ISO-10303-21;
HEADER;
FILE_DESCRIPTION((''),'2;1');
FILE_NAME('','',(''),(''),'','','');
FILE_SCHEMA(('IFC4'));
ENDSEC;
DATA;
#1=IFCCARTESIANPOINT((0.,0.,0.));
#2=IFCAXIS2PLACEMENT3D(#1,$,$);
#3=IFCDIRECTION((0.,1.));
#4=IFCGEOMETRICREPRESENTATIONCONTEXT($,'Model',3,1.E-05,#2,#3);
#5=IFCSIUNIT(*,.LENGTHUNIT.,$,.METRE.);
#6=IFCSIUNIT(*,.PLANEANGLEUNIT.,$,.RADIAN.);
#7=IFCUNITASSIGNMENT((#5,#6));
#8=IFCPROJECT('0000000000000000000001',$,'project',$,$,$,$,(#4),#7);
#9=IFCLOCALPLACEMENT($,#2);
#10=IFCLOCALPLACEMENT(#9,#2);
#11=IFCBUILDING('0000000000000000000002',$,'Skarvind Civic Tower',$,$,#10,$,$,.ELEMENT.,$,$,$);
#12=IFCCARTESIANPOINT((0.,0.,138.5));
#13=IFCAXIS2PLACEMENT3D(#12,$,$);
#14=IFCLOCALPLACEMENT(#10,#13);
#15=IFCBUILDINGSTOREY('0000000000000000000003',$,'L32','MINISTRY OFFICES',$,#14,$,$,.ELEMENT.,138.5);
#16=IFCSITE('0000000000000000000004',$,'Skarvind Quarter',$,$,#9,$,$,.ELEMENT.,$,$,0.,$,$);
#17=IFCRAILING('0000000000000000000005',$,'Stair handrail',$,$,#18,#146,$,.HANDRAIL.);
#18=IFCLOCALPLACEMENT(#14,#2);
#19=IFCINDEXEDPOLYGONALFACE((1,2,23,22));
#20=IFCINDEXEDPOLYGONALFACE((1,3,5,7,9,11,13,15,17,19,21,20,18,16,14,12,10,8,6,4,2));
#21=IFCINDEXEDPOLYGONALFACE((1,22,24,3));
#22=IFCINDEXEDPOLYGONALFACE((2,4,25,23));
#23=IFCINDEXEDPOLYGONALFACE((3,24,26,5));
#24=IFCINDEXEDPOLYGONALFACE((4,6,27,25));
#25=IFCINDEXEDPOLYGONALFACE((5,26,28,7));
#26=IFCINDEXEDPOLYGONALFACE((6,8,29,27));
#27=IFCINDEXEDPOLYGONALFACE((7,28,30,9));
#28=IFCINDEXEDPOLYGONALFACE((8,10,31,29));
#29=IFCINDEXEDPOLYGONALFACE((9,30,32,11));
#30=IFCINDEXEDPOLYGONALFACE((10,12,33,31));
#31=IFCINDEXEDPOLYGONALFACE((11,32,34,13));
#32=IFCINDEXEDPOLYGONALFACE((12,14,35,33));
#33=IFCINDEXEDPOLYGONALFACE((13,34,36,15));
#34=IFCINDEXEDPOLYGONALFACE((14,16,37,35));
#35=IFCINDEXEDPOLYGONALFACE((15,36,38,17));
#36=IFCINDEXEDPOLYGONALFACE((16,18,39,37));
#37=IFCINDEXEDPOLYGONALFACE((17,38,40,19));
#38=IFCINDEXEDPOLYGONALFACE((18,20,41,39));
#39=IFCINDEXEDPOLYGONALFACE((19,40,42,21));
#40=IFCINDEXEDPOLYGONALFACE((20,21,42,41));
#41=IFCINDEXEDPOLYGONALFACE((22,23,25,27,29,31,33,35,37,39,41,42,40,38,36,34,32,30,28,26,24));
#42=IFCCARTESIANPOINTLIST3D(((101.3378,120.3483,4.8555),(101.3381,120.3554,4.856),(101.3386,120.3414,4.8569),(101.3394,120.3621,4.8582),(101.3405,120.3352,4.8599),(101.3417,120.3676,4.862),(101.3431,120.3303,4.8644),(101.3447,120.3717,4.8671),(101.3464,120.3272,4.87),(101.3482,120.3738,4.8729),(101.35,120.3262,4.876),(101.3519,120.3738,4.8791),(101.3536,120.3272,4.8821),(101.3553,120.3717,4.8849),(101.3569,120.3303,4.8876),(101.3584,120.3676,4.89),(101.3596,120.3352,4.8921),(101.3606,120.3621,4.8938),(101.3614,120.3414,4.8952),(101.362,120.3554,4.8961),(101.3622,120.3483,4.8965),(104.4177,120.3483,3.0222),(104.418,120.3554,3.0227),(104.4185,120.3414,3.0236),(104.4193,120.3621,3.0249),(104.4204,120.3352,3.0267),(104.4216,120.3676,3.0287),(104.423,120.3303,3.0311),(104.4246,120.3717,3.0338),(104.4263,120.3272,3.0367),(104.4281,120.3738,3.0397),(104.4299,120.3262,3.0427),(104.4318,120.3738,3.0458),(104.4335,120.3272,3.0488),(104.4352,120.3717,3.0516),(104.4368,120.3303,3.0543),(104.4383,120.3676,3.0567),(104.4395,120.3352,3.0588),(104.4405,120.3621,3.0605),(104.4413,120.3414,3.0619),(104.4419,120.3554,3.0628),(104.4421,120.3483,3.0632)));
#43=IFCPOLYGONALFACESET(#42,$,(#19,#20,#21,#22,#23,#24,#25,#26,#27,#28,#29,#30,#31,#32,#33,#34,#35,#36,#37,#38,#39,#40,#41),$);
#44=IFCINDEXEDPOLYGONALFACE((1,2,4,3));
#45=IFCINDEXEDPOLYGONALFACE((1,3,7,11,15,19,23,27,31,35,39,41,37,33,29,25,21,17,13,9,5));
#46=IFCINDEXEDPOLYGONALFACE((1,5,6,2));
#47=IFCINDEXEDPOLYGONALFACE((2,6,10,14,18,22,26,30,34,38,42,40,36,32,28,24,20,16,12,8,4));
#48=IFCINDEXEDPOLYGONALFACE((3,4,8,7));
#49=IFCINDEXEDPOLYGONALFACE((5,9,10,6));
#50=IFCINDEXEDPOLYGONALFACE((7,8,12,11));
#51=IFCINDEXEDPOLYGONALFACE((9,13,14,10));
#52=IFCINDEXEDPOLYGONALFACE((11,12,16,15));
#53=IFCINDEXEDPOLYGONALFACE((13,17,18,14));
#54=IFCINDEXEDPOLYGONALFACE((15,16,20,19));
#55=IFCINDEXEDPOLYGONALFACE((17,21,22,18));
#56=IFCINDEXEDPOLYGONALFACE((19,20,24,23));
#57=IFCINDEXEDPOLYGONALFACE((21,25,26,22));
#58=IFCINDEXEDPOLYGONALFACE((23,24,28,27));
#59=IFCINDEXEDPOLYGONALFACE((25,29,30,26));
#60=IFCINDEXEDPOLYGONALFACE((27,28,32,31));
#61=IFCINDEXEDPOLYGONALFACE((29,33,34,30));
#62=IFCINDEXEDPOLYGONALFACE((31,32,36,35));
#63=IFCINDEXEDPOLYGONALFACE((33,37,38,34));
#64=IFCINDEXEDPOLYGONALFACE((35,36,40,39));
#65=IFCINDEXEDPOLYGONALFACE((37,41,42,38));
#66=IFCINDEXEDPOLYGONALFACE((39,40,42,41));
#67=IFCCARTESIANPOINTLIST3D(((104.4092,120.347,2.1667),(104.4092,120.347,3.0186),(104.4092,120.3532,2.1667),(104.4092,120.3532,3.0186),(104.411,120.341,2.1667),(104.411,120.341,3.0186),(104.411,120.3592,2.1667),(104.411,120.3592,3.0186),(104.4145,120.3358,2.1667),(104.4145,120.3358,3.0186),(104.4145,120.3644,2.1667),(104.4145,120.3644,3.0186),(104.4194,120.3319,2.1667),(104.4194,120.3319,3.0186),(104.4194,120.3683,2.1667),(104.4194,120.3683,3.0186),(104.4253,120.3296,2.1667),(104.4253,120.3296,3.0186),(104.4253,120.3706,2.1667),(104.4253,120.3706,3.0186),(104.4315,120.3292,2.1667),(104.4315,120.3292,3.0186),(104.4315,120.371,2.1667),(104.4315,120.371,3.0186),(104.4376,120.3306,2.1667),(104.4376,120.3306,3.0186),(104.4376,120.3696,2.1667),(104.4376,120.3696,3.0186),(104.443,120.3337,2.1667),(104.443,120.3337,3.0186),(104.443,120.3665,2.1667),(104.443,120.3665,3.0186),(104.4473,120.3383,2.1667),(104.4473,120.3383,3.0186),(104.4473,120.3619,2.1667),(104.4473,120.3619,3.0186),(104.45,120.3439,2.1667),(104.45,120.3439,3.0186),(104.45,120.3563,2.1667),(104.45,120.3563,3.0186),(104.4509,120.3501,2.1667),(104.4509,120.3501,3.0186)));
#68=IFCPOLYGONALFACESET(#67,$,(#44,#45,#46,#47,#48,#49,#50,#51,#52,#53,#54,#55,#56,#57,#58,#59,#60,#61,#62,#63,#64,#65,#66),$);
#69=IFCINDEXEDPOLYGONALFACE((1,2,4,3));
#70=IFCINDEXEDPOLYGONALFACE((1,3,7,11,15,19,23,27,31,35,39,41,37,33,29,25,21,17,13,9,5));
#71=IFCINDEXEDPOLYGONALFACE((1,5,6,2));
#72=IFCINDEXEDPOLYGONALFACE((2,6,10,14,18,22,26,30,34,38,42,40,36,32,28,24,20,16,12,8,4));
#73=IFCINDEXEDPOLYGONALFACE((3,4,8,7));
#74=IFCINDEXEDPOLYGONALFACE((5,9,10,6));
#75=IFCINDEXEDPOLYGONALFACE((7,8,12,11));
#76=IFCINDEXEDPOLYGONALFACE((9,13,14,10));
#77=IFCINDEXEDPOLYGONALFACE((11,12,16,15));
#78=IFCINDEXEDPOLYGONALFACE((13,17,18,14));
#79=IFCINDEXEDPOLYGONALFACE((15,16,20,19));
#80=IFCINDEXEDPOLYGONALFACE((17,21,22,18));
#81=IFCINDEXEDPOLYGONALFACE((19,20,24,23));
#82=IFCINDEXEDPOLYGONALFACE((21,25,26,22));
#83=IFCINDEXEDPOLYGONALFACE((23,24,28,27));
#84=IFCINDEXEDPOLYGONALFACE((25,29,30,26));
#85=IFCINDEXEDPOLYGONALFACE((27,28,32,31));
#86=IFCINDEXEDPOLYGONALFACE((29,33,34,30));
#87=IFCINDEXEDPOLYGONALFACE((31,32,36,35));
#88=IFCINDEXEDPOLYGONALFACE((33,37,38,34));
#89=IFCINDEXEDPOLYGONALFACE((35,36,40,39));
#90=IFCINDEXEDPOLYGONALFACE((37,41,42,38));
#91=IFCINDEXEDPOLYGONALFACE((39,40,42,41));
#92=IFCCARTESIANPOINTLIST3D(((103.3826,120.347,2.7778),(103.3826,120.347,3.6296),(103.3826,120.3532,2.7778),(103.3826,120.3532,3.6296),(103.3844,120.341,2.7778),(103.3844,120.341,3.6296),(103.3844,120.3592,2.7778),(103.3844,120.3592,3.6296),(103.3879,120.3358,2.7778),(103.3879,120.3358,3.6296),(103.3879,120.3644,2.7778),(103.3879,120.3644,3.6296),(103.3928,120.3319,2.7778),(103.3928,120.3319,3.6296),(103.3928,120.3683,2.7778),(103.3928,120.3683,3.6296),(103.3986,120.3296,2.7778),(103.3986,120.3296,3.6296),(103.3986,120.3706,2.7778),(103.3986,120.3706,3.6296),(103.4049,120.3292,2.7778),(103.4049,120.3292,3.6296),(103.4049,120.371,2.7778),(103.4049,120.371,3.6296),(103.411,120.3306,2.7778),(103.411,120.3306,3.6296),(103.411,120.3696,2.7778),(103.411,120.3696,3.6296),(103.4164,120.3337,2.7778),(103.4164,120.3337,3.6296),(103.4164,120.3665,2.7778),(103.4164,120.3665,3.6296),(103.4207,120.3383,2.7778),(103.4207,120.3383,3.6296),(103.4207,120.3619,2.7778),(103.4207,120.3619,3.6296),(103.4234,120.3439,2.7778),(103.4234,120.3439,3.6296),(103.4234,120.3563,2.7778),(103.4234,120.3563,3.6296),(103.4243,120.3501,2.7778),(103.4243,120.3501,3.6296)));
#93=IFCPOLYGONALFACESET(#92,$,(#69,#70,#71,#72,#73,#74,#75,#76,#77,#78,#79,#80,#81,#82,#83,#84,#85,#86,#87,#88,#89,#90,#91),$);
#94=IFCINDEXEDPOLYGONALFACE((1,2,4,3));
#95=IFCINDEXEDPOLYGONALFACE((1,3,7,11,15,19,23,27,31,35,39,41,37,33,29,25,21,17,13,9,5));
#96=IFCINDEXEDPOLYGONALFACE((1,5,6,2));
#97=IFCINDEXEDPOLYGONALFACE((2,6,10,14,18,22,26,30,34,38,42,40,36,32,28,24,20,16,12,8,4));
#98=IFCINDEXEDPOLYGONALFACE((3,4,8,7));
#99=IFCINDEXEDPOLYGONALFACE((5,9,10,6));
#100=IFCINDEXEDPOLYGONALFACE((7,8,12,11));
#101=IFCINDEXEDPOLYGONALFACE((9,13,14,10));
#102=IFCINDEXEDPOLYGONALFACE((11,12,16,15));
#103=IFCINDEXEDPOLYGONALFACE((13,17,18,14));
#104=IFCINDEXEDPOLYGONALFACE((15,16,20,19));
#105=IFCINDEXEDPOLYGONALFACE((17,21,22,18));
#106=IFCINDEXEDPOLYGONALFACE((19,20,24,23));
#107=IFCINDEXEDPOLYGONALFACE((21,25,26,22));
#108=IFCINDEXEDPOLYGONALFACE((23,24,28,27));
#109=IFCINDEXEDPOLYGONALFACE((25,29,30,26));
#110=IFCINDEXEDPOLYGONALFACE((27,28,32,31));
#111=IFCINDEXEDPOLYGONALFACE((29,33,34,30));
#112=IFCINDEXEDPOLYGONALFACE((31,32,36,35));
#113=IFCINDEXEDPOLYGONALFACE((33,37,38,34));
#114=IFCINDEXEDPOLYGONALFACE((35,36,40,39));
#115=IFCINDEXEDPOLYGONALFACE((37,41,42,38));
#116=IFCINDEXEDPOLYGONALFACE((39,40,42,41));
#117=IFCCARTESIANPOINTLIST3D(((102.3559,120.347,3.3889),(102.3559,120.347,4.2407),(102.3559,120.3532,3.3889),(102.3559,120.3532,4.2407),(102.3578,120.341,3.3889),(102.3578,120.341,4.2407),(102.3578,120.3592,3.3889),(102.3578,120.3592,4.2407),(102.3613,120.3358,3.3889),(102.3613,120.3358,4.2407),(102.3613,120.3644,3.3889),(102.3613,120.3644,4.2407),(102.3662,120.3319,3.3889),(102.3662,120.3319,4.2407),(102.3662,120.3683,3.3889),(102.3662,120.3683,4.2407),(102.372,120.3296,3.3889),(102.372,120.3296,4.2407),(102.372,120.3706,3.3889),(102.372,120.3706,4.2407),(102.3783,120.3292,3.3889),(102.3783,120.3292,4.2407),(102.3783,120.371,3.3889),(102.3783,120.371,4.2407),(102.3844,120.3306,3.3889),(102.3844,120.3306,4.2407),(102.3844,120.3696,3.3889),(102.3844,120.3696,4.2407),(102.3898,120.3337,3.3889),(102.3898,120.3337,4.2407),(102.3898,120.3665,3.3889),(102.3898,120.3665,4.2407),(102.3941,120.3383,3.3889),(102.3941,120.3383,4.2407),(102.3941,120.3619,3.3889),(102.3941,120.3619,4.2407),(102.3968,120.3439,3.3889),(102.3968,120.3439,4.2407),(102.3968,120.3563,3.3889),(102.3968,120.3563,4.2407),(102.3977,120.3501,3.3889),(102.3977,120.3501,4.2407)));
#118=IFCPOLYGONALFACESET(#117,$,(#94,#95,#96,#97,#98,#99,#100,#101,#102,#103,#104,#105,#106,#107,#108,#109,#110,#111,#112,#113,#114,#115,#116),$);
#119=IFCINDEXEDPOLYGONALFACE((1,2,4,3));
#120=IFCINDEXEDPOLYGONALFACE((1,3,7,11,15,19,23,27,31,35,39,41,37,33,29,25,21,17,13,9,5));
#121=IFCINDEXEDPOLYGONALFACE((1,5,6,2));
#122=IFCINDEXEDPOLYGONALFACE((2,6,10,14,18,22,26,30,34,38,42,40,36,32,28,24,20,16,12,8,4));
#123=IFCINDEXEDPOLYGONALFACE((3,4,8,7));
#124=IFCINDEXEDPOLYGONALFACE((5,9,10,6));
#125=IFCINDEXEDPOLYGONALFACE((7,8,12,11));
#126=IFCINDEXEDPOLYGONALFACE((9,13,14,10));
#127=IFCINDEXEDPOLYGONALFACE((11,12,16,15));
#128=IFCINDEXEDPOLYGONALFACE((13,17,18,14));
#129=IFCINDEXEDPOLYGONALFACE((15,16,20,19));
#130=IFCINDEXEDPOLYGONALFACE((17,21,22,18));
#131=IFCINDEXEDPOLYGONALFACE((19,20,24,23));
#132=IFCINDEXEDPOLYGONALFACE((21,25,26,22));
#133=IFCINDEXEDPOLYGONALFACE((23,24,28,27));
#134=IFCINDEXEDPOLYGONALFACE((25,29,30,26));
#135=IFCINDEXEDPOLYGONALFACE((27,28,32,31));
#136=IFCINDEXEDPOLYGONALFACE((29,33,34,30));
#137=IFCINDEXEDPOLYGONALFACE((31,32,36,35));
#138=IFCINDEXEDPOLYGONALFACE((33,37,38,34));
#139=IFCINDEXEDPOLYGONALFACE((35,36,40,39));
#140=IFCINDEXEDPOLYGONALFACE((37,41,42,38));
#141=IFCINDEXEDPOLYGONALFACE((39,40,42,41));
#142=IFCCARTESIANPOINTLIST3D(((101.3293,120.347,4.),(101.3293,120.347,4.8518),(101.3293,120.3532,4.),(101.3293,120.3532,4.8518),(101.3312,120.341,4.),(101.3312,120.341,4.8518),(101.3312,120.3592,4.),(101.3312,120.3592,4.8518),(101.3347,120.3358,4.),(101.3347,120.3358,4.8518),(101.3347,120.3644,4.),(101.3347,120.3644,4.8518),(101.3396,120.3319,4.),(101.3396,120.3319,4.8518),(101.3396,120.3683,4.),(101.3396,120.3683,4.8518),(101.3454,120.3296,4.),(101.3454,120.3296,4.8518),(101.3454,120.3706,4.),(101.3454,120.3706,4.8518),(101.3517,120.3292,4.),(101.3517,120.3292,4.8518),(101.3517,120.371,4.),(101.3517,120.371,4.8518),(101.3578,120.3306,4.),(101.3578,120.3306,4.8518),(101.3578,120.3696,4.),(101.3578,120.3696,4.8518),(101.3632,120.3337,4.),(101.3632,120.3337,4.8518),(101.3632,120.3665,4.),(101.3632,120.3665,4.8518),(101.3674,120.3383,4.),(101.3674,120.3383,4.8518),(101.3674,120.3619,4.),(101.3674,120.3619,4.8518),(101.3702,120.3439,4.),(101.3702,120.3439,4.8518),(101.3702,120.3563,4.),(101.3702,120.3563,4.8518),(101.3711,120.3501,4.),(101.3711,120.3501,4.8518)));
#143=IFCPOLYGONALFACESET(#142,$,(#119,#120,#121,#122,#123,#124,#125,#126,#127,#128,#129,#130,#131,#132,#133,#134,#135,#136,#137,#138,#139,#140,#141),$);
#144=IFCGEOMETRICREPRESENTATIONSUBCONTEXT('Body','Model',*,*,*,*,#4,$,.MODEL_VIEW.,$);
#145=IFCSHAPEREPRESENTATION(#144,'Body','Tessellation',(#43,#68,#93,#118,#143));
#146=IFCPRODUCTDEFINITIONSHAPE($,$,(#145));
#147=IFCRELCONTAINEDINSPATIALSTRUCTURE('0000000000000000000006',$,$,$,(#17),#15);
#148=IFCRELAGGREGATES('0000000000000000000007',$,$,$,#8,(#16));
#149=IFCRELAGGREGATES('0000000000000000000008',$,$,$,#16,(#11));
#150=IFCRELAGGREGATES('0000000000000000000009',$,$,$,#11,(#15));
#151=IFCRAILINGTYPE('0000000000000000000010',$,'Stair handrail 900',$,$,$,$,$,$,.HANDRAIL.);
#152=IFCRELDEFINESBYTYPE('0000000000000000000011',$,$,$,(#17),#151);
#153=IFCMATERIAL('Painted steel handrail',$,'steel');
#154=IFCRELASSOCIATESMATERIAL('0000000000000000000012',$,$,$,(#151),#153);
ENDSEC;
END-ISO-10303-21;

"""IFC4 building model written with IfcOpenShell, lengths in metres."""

from ifc_helpers import new_model, si_unit, direction, frame, origin, origin_2d, place, context, subcontext, project, spatial, circle, extrude, material, type_object, element, save


model = new_model("IFC4")

# Units and contexts
model_context = context("Model", 3, precision=1e-05, world=origin(), true_north=direction((0.0, 1.0)))
body_context = subcontext(model_context, "Body", "Model", "MODEL_VIEW")
ifc_project = project(units=[si_unit("LENGTHUNIT", "METRE"), si_unit("PLANEANGLEUNIT", "RADIAN")], contexts=[model_context])

# Site, building, storey
site_placement = place(None, origin())
site = spatial("IfcSite", under=ifc_project, at=site_placement, Name="Skarvind Quarter", CompositionType="ELEMENT", RefElevation=0.0)
building_placement = place(site_placement, origin())
building = spatial("IfcBuilding", under=site, at=building_placement, Name="Skarvind Civic Tower", CompositionType="ELEMENT")
storey_placement = place(building_placement, frame((0.0, 0.0, 138.5)))
storey = spatial("IfcBuildingStorey", under=building, at=storey_placement, Name="L32", Description="MINISTRY OFFICES", CompositionType="ELEMENT", Elevation=138.5)

# Railing
ifc_material_1 = material(Name="Painted steel handrail", Category="steel")
railing_type = type_object("IfcRailingType", Name="Stair handrail 900", PredefinedType="HANDRAIL", material=ifc_material_1)
railing_1_placement = place(storey_placement, frame((104.4299, 120.3501, 2.1667)))
element("IfcRailing", 1, at=railing_1_placement, inside=storey, type_object=railing_type, Name="Stair handrail", PredefinedType="HANDRAIL", context=body_context, shape_type="SweptSolid", body=[
    extrude(circle(Radius=0.0239, at=origin_2d()), frame((0.0, 0.0, 0.876), z_axis=(-0.859291, 0.0, 0.511487), x_axis=(0.0, -1.0, 0.0)), (0.0, 0.0, 1.0), 3.5842),
    extrude(circle(Radius=0.021, at=origin_2d()), origin(), (0.0, 0.0, 1.0), 0.8518),
    extrude(circle(Radius=0.021, at=origin_2d()), frame((-1.0266, 0.0, 0.6111)), (0.0, 0.0, 1.0), 0.8518),
    extrude(circle(Radius=0.021, at=origin_2d()), frame((-2.0532, 0.0, 1.2222)), (0.0, 0.0, 1.0), 0.8518),
    extrude(circle(Radius=0.021, at=origin_2d()), frame((-3.0798, 0.0, 1.8333)), (0.0, 0.0, 1.0), 0.8518),
])

save(model, "model.ifc")
